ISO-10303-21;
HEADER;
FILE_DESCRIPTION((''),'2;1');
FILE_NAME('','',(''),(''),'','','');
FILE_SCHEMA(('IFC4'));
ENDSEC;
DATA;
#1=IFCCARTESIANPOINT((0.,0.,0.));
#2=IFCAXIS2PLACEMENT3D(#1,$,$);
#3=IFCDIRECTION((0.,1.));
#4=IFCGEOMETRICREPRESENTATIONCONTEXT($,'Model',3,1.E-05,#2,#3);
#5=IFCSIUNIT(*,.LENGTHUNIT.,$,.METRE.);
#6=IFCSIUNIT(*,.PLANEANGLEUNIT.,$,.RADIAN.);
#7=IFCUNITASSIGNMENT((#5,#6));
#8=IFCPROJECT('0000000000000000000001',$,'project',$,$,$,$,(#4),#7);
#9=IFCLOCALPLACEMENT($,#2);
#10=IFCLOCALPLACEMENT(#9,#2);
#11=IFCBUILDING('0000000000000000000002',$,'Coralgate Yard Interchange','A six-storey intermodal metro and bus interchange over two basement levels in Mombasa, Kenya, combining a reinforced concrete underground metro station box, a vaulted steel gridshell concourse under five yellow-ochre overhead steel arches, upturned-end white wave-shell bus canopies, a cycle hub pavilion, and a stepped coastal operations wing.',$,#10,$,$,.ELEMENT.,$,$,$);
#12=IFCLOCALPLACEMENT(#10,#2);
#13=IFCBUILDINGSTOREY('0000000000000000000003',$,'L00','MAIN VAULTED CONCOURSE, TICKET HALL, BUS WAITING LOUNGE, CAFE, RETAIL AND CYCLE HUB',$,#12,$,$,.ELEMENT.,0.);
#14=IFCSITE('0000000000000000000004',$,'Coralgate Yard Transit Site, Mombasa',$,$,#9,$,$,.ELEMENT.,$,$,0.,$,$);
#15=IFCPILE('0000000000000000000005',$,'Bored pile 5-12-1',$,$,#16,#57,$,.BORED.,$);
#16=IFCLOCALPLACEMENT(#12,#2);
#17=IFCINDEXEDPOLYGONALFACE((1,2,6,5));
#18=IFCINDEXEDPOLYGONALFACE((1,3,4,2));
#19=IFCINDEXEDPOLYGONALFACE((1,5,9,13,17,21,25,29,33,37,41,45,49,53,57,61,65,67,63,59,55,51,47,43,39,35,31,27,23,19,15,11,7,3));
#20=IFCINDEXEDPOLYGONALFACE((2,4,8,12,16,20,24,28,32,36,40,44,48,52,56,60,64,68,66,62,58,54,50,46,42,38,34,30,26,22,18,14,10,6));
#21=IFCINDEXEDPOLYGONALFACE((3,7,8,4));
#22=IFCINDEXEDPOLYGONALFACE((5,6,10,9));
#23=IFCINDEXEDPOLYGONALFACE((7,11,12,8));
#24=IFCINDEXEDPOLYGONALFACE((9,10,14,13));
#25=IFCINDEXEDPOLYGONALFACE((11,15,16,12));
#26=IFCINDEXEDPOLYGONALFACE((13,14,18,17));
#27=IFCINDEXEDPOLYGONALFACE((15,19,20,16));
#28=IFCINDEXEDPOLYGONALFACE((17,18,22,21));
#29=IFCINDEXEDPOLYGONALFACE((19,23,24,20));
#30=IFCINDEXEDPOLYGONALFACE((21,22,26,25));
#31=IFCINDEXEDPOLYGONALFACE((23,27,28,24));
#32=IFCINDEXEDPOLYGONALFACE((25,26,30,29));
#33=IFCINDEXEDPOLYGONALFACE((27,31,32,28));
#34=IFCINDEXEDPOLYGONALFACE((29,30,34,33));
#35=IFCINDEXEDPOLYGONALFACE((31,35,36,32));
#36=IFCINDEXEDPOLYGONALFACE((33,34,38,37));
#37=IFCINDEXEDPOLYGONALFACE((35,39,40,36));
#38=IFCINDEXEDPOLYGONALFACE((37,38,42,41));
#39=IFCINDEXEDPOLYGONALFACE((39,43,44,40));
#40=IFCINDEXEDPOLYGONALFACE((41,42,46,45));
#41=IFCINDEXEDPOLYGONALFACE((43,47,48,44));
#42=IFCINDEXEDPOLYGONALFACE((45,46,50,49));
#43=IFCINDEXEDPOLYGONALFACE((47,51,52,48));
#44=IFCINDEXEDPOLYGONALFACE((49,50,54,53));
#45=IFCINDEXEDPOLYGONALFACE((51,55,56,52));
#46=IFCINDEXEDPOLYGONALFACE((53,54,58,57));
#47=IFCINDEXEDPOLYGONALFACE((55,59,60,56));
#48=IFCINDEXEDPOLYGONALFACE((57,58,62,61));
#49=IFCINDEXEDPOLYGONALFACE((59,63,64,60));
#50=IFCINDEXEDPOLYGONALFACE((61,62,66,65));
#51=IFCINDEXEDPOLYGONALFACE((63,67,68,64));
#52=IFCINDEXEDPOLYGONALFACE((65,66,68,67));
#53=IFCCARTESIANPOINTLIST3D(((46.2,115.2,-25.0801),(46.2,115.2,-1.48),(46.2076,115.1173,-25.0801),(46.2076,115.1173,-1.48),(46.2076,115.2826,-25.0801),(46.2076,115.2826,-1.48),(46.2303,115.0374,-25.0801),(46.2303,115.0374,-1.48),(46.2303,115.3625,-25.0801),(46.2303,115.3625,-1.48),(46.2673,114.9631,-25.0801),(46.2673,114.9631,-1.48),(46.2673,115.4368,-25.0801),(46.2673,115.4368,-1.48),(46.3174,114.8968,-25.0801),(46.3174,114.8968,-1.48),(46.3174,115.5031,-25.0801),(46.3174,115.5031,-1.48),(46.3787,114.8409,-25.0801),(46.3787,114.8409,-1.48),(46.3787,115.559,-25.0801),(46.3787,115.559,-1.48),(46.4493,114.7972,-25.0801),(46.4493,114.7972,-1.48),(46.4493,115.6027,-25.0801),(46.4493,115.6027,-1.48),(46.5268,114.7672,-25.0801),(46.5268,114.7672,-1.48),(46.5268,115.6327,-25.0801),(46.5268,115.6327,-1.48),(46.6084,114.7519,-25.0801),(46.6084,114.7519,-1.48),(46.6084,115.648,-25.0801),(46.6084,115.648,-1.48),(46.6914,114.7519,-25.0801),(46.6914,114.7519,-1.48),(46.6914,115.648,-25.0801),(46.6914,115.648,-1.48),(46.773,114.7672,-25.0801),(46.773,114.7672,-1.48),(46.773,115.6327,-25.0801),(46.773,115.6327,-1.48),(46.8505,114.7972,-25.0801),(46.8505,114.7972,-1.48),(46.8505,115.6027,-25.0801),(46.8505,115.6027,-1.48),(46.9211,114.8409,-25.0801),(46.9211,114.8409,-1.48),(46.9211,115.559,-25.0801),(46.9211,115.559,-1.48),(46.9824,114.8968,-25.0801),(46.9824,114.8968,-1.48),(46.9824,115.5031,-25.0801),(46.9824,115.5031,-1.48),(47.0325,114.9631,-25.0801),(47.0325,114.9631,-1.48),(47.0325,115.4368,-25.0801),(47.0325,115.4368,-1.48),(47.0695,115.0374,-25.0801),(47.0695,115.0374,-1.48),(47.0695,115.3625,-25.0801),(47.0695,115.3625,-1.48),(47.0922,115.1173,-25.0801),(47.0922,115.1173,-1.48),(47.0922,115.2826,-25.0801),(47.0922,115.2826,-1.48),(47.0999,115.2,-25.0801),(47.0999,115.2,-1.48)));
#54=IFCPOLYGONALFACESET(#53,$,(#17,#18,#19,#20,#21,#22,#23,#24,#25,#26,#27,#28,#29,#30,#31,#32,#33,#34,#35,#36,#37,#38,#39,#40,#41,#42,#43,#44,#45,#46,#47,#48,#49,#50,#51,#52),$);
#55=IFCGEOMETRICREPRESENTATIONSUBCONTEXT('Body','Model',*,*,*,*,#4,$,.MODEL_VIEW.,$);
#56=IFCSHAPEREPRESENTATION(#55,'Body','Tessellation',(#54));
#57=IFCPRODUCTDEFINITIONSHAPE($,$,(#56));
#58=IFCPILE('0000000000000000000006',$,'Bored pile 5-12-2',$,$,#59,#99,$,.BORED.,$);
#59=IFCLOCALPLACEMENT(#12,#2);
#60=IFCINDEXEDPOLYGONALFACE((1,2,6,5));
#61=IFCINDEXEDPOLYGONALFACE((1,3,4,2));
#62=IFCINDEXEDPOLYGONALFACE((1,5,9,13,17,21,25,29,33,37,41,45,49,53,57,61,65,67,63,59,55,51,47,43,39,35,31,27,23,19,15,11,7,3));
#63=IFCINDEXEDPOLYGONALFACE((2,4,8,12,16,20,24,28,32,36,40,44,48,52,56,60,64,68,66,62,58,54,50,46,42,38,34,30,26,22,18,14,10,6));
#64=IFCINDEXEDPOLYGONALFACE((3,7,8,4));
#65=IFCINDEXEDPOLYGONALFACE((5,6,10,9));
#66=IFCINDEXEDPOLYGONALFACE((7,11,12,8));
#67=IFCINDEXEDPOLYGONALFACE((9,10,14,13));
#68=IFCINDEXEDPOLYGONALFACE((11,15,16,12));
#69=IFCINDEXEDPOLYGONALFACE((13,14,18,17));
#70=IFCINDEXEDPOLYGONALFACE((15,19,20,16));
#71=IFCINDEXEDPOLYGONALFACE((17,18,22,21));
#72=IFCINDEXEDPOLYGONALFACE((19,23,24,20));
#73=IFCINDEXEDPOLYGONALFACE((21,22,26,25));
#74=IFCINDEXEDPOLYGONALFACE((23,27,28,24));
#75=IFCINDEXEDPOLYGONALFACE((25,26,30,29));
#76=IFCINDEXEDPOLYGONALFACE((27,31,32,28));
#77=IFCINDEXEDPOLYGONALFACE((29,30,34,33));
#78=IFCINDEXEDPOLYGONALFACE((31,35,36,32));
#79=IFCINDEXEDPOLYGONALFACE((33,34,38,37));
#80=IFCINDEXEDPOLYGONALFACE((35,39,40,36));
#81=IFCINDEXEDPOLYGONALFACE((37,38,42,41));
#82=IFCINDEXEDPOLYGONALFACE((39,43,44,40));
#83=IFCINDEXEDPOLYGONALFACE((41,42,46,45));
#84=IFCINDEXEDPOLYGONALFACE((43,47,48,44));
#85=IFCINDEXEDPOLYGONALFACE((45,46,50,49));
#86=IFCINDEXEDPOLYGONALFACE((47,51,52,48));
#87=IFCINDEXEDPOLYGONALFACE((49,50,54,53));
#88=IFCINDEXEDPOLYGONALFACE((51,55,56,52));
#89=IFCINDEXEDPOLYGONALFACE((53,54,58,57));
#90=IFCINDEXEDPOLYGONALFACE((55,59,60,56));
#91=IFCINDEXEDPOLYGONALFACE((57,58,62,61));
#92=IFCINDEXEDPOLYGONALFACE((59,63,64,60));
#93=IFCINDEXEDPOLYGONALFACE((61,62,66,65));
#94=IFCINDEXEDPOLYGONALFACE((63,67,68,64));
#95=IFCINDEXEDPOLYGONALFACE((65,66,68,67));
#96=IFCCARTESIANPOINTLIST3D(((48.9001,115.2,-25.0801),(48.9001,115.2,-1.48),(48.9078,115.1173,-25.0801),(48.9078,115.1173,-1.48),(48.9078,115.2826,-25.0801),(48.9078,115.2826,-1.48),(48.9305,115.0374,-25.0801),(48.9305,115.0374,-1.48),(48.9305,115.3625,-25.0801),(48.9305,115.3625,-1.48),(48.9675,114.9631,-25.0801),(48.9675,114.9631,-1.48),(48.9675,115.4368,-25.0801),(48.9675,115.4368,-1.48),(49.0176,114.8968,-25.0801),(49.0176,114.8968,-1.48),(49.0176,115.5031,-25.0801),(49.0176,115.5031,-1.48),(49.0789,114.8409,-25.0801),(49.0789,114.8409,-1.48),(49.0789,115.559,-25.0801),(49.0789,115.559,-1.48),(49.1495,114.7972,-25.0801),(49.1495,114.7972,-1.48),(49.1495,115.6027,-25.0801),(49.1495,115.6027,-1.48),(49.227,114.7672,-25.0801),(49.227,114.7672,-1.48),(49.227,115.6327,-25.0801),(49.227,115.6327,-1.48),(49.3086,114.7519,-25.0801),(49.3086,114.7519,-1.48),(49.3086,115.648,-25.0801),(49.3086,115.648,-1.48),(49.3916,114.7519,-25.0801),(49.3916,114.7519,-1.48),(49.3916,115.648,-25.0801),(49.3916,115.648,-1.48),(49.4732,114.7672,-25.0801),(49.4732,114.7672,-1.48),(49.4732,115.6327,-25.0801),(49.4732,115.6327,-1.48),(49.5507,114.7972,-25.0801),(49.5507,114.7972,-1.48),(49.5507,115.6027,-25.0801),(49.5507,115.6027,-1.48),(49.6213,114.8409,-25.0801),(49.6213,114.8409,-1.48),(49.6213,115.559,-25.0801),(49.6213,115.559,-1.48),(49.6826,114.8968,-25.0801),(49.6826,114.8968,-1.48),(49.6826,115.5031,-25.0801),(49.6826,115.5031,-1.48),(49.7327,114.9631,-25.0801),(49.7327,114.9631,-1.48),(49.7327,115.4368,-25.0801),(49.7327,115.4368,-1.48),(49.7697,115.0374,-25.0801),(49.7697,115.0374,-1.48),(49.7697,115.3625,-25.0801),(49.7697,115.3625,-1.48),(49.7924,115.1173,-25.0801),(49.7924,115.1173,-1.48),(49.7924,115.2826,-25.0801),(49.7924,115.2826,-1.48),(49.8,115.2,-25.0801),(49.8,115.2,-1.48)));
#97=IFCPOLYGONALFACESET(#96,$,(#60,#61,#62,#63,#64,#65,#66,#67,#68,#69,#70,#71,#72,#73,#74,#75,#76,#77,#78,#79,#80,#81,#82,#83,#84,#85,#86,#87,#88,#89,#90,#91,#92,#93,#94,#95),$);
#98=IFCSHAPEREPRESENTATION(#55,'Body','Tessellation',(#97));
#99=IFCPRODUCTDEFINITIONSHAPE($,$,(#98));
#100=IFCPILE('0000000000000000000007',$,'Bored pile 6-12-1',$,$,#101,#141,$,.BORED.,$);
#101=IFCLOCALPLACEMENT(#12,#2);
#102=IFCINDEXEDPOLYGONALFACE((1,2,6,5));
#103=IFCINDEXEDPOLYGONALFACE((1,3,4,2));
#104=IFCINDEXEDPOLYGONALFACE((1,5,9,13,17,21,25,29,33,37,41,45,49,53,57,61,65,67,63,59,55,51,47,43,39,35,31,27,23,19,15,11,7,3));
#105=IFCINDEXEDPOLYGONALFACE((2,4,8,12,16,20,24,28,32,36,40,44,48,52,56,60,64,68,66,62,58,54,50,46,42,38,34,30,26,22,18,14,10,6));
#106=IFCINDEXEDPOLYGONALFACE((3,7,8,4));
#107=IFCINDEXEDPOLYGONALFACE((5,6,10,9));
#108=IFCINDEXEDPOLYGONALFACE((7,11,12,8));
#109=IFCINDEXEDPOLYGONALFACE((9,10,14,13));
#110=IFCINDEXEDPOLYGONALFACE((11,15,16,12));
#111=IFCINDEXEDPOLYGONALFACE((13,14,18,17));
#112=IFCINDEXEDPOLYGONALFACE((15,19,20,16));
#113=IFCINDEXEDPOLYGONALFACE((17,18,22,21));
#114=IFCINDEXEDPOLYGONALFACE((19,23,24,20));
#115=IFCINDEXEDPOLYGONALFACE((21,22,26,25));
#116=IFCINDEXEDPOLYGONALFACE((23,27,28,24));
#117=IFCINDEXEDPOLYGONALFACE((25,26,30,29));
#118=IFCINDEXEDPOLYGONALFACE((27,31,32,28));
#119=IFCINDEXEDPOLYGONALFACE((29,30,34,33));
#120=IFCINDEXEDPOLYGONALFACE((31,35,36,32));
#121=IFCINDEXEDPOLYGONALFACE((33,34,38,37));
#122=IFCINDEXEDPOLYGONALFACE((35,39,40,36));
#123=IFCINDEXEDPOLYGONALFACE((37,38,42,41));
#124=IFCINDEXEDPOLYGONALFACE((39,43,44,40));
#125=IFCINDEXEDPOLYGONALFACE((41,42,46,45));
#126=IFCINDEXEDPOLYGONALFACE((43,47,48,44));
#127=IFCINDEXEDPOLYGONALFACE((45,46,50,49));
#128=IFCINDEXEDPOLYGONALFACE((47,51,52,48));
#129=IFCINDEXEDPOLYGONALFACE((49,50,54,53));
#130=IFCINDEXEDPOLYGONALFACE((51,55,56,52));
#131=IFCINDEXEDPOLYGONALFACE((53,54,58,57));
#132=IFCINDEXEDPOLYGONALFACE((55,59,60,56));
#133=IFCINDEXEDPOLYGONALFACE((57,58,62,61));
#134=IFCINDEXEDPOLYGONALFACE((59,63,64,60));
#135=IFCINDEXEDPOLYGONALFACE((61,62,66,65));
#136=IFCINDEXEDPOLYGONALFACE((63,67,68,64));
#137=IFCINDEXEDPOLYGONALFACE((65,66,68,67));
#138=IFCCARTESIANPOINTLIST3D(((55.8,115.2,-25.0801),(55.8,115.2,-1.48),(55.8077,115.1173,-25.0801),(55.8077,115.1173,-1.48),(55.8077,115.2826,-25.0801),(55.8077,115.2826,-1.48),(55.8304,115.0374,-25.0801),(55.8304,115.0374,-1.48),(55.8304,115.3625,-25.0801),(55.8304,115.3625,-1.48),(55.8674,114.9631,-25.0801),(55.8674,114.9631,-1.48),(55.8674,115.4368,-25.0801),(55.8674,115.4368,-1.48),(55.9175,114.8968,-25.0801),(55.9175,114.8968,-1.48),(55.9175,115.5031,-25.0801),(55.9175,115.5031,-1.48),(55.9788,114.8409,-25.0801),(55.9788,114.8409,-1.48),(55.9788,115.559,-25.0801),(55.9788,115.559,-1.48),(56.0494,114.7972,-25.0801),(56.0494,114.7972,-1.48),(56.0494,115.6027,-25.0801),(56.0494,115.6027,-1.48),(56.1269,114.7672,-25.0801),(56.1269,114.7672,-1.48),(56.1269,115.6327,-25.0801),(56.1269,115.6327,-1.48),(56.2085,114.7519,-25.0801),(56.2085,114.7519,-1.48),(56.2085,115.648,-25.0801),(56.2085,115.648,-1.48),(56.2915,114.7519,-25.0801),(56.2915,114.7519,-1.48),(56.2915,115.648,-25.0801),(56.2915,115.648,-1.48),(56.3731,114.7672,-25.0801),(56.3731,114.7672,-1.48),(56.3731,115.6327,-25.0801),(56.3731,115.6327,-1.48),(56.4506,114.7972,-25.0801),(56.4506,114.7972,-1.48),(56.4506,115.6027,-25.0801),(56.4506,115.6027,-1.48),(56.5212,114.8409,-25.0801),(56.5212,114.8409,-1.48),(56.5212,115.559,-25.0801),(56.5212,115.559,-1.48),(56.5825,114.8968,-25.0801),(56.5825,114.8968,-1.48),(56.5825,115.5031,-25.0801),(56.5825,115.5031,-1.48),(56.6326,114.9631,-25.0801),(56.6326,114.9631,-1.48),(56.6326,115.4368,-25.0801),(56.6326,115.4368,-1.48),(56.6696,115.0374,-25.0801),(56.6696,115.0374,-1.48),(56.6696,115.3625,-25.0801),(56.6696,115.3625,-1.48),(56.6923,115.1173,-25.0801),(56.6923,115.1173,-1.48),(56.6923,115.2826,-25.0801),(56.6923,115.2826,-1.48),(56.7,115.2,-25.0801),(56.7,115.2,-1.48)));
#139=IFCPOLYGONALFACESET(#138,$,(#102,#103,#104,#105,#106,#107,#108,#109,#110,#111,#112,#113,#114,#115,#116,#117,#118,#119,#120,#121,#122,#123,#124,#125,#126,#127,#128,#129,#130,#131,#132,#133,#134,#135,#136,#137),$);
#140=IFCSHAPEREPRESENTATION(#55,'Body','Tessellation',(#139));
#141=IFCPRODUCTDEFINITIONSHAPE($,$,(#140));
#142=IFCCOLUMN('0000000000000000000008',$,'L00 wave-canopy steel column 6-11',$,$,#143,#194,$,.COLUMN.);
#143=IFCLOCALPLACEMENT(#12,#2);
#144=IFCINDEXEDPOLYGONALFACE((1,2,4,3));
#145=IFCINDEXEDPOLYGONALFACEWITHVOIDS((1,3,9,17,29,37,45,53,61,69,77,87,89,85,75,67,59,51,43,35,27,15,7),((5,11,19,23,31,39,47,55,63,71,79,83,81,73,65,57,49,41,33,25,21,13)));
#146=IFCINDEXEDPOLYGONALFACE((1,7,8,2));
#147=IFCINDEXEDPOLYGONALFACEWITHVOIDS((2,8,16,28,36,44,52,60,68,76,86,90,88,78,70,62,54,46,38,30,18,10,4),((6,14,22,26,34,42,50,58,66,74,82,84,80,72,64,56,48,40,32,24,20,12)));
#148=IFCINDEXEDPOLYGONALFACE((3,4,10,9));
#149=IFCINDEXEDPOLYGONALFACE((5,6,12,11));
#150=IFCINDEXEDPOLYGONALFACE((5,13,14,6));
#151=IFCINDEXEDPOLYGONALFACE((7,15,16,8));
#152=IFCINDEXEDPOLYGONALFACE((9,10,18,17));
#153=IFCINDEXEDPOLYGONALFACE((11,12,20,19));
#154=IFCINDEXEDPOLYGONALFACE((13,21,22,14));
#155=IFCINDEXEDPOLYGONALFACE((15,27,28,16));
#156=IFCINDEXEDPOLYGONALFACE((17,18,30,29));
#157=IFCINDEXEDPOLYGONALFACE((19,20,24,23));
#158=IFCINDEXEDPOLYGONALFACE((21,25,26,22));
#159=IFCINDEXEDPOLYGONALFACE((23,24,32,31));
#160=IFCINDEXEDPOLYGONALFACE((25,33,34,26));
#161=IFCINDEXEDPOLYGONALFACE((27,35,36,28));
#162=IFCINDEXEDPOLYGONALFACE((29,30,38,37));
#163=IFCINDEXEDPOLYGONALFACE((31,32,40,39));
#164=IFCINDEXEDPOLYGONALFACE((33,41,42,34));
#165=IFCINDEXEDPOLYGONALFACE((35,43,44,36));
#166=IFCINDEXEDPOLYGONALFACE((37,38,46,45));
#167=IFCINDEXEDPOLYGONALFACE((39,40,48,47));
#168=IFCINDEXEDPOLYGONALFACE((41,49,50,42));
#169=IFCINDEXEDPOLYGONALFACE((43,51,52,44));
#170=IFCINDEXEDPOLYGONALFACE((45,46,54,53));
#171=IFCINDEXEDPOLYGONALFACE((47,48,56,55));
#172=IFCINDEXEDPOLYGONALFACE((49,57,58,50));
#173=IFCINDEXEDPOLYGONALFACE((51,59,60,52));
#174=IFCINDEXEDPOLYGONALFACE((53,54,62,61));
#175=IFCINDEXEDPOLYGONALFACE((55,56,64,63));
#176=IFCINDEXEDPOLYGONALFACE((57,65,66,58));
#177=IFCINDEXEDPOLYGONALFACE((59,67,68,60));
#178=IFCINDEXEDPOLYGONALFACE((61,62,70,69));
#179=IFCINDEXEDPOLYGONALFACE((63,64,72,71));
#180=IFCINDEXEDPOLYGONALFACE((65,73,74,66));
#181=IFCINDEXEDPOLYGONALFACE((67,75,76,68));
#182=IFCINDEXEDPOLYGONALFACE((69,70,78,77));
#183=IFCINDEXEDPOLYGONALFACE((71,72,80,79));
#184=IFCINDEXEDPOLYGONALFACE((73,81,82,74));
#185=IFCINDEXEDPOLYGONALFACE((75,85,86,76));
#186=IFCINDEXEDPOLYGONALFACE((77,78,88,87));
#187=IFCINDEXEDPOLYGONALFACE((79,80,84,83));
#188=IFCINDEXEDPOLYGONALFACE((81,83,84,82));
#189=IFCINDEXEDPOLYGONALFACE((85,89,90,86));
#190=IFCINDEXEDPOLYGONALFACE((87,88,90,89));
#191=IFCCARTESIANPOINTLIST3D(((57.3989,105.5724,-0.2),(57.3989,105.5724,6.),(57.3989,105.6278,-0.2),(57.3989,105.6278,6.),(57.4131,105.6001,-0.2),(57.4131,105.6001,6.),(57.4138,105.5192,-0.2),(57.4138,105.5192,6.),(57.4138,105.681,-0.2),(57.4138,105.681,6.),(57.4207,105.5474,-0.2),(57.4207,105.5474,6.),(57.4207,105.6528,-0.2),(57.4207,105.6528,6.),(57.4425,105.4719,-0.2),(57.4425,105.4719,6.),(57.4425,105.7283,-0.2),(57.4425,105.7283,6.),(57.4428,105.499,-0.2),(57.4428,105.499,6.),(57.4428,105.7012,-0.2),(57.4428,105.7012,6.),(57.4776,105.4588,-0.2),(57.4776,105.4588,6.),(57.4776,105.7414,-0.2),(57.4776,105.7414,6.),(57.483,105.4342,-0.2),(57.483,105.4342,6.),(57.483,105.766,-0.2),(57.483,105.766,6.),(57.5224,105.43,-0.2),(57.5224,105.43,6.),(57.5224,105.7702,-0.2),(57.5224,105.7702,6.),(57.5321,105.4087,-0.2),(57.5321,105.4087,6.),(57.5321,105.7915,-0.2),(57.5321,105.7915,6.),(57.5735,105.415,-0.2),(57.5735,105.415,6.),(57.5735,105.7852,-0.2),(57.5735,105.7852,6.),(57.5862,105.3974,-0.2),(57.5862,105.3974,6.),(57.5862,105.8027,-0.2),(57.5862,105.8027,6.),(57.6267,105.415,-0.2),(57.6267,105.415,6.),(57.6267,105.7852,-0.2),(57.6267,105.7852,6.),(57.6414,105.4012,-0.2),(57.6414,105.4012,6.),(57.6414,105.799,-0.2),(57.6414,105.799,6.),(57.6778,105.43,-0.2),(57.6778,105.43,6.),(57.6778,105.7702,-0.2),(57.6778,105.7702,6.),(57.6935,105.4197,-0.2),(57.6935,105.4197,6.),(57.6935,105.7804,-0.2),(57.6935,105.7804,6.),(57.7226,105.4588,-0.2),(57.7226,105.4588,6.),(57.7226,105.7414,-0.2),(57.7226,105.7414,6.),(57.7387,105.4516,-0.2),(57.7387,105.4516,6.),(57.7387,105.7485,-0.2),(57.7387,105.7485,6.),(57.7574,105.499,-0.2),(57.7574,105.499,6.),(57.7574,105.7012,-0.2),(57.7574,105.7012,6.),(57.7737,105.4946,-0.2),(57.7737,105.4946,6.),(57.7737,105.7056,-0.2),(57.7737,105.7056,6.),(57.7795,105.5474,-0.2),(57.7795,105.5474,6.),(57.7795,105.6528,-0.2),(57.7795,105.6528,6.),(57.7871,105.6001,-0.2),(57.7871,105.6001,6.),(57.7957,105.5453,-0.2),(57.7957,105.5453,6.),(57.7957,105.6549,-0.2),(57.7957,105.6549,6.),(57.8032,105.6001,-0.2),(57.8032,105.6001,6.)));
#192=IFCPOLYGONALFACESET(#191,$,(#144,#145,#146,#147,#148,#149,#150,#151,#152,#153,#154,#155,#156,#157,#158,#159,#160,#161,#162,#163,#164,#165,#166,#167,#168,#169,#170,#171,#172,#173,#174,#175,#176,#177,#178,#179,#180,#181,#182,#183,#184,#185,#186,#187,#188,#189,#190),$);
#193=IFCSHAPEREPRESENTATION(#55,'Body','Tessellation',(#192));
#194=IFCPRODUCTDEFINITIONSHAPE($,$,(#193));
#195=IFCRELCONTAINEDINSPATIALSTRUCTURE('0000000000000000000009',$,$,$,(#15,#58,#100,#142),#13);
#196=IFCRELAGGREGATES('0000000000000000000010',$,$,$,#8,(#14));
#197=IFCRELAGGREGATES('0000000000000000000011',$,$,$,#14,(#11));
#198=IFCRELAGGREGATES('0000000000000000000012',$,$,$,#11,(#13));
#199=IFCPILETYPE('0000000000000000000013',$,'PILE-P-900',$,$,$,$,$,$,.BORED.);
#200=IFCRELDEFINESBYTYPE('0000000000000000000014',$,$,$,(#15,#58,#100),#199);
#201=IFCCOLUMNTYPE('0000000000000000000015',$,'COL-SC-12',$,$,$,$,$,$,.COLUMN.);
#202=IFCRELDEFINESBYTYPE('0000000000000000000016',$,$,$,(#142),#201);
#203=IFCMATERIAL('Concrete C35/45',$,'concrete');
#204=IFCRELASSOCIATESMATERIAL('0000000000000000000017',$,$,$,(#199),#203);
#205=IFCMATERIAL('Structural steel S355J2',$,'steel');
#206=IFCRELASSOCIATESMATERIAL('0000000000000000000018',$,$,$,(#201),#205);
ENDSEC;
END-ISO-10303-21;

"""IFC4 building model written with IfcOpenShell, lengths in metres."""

from ifc_helpers import new_model, si_unit, direction, frame, origin, origin_2d, place, context, subcontext, project, spatial, circle, hollow_circle, extrude, material, material_profile, profile_set, type_object, element, save


model = new_model("IFC4")

# Units and contexts
model_context = context("Model", 3, precision=1e-05, world=origin(), true_north=direction((0.0, 1.0)))
body_context = subcontext(model_context, "Body", "Model", "MODEL_VIEW")
ifc_project = project(units=[si_unit("LENGTHUNIT", "METRE"), si_unit("PLANEANGLEUNIT", "RADIAN")], contexts=[model_context])

# Site, building, storey
site_placement = place(None, origin())
site = spatial("IfcSite", under=ifc_project, at=site_placement, Name="Coralgate Yard Transit Site, Mombasa", CompositionType="ELEMENT", RefElevation=0.0)
building_placement = place(site_placement, origin())
building = spatial("IfcBuilding", under=site, at=building_placement, Name="Coralgate Yard Interchange", Description="A six-storey intermodal metro and bus interchange over two basement levels in Mombasa, Kenya, combining a reinforced concrete underground metro station box, a vaulted steel gridshell concourse under five yellow-ochre overhead steel arches, upturned-end white wave-shell bus canopies, a cycle hub pavilion, and a stepped coastal operations wing.", CompositionType="ELEMENT")
storey_placement = place(building_placement, origin())
storey = spatial("IfcBuildingStorey", under=building, at=storey_placement, Name="L00", Description="MAIN VAULTED CONCOURSE, TICKET HALL, BUS WAITING LOUNGE, CAFE, RETAIL AND CYCLE HUB", CompositionType="ELEMENT", Elevation=0.0)

# Piles
ifc_material_1 = material(Name="Concrete C35/45", Category="concrete")
ifc_material_profile_1 = material_profile(ifc_material_1, circle(Radius=0.45, at=origin_2d()), Name="BORED PILE D900")
ifc_profile_set_1 = profile_set([ifc_material_profile_1], Name="Concrete C35/45")
pile_type = type_object("IfcPileType", Name="PILE-P-900", PredefinedType="BORED", material=ifc_profile_set_1)
for number, where, z_axis, x_axis, name in (
    (1, (46.6499, 115.2, -1.48), (0.0, 0.0, -1.0), (1.0, 0.0, 0.0), "Bored pile 5-12-1"),
    (2, (49.3501, 115.2, -1.48), (0.0, 0.0, -1.0), (1.0, 0.0, 0.0), "Bored pile 5-12-2"),
    (3, (56.25, 115.2, -1.48), (0.0, 0.0, -1.0), (1.0, 0.0, 0.0), "Bored pile 6-12-1"),
):
    element("IfcPile", number, at=place(storey_placement, frame(where, z_axis=z_axis, x_axis=x_axis)), inside=storey, type_object=pile_type, Name=name, PredefinedType="BORED", context=body_context, shape_type="SweptSolid", body=[
        extrude(circle(Radius=0.45, at=origin_2d()), origin(), (0.0, 0.0, 1.0), 23.6001),
    ])

# Column
ifc_material_2 = material(Name="Structural steel S355J2", Category="steel")
ifc_material_profile_2 = material_profile(ifc_material_2, hollow_circle(Radius=0.2031, WallThickness=0.0161, at=origin_2d()), Name="CHS 406.4x16")
ifc_profile_set_2 = profile_set([ifc_material_profile_2], Name="Structural steel S355J2")
column_type_1 = type_object("IfcColumnType", Name="COL-SC-12", PredefinedType="COLUMN", material=ifc_profile_set_2)
column_placement = place(storey_placement, frame((57.6001, 105.6001, -0.2), z_axis=(0.0, 0.0, 1.0), x_axis=(1.0, 0.0, 0.0)))
element("IfcColumn", 4, at=column_placement, inside=storey, type_object=column_type_1, Name="L00 wave-canopy steel column 6-11", PredefinedType="COLUMN", context=body_context, shape_type="SweptSolid", body=[
    extrude(hollow_circle(Radius=0.2031, WallThickness=0.0161, at=origin_2d()), origin(), (0.0, 0.0, 1.0), 6.2),
])

save(model, "model.ifc")
